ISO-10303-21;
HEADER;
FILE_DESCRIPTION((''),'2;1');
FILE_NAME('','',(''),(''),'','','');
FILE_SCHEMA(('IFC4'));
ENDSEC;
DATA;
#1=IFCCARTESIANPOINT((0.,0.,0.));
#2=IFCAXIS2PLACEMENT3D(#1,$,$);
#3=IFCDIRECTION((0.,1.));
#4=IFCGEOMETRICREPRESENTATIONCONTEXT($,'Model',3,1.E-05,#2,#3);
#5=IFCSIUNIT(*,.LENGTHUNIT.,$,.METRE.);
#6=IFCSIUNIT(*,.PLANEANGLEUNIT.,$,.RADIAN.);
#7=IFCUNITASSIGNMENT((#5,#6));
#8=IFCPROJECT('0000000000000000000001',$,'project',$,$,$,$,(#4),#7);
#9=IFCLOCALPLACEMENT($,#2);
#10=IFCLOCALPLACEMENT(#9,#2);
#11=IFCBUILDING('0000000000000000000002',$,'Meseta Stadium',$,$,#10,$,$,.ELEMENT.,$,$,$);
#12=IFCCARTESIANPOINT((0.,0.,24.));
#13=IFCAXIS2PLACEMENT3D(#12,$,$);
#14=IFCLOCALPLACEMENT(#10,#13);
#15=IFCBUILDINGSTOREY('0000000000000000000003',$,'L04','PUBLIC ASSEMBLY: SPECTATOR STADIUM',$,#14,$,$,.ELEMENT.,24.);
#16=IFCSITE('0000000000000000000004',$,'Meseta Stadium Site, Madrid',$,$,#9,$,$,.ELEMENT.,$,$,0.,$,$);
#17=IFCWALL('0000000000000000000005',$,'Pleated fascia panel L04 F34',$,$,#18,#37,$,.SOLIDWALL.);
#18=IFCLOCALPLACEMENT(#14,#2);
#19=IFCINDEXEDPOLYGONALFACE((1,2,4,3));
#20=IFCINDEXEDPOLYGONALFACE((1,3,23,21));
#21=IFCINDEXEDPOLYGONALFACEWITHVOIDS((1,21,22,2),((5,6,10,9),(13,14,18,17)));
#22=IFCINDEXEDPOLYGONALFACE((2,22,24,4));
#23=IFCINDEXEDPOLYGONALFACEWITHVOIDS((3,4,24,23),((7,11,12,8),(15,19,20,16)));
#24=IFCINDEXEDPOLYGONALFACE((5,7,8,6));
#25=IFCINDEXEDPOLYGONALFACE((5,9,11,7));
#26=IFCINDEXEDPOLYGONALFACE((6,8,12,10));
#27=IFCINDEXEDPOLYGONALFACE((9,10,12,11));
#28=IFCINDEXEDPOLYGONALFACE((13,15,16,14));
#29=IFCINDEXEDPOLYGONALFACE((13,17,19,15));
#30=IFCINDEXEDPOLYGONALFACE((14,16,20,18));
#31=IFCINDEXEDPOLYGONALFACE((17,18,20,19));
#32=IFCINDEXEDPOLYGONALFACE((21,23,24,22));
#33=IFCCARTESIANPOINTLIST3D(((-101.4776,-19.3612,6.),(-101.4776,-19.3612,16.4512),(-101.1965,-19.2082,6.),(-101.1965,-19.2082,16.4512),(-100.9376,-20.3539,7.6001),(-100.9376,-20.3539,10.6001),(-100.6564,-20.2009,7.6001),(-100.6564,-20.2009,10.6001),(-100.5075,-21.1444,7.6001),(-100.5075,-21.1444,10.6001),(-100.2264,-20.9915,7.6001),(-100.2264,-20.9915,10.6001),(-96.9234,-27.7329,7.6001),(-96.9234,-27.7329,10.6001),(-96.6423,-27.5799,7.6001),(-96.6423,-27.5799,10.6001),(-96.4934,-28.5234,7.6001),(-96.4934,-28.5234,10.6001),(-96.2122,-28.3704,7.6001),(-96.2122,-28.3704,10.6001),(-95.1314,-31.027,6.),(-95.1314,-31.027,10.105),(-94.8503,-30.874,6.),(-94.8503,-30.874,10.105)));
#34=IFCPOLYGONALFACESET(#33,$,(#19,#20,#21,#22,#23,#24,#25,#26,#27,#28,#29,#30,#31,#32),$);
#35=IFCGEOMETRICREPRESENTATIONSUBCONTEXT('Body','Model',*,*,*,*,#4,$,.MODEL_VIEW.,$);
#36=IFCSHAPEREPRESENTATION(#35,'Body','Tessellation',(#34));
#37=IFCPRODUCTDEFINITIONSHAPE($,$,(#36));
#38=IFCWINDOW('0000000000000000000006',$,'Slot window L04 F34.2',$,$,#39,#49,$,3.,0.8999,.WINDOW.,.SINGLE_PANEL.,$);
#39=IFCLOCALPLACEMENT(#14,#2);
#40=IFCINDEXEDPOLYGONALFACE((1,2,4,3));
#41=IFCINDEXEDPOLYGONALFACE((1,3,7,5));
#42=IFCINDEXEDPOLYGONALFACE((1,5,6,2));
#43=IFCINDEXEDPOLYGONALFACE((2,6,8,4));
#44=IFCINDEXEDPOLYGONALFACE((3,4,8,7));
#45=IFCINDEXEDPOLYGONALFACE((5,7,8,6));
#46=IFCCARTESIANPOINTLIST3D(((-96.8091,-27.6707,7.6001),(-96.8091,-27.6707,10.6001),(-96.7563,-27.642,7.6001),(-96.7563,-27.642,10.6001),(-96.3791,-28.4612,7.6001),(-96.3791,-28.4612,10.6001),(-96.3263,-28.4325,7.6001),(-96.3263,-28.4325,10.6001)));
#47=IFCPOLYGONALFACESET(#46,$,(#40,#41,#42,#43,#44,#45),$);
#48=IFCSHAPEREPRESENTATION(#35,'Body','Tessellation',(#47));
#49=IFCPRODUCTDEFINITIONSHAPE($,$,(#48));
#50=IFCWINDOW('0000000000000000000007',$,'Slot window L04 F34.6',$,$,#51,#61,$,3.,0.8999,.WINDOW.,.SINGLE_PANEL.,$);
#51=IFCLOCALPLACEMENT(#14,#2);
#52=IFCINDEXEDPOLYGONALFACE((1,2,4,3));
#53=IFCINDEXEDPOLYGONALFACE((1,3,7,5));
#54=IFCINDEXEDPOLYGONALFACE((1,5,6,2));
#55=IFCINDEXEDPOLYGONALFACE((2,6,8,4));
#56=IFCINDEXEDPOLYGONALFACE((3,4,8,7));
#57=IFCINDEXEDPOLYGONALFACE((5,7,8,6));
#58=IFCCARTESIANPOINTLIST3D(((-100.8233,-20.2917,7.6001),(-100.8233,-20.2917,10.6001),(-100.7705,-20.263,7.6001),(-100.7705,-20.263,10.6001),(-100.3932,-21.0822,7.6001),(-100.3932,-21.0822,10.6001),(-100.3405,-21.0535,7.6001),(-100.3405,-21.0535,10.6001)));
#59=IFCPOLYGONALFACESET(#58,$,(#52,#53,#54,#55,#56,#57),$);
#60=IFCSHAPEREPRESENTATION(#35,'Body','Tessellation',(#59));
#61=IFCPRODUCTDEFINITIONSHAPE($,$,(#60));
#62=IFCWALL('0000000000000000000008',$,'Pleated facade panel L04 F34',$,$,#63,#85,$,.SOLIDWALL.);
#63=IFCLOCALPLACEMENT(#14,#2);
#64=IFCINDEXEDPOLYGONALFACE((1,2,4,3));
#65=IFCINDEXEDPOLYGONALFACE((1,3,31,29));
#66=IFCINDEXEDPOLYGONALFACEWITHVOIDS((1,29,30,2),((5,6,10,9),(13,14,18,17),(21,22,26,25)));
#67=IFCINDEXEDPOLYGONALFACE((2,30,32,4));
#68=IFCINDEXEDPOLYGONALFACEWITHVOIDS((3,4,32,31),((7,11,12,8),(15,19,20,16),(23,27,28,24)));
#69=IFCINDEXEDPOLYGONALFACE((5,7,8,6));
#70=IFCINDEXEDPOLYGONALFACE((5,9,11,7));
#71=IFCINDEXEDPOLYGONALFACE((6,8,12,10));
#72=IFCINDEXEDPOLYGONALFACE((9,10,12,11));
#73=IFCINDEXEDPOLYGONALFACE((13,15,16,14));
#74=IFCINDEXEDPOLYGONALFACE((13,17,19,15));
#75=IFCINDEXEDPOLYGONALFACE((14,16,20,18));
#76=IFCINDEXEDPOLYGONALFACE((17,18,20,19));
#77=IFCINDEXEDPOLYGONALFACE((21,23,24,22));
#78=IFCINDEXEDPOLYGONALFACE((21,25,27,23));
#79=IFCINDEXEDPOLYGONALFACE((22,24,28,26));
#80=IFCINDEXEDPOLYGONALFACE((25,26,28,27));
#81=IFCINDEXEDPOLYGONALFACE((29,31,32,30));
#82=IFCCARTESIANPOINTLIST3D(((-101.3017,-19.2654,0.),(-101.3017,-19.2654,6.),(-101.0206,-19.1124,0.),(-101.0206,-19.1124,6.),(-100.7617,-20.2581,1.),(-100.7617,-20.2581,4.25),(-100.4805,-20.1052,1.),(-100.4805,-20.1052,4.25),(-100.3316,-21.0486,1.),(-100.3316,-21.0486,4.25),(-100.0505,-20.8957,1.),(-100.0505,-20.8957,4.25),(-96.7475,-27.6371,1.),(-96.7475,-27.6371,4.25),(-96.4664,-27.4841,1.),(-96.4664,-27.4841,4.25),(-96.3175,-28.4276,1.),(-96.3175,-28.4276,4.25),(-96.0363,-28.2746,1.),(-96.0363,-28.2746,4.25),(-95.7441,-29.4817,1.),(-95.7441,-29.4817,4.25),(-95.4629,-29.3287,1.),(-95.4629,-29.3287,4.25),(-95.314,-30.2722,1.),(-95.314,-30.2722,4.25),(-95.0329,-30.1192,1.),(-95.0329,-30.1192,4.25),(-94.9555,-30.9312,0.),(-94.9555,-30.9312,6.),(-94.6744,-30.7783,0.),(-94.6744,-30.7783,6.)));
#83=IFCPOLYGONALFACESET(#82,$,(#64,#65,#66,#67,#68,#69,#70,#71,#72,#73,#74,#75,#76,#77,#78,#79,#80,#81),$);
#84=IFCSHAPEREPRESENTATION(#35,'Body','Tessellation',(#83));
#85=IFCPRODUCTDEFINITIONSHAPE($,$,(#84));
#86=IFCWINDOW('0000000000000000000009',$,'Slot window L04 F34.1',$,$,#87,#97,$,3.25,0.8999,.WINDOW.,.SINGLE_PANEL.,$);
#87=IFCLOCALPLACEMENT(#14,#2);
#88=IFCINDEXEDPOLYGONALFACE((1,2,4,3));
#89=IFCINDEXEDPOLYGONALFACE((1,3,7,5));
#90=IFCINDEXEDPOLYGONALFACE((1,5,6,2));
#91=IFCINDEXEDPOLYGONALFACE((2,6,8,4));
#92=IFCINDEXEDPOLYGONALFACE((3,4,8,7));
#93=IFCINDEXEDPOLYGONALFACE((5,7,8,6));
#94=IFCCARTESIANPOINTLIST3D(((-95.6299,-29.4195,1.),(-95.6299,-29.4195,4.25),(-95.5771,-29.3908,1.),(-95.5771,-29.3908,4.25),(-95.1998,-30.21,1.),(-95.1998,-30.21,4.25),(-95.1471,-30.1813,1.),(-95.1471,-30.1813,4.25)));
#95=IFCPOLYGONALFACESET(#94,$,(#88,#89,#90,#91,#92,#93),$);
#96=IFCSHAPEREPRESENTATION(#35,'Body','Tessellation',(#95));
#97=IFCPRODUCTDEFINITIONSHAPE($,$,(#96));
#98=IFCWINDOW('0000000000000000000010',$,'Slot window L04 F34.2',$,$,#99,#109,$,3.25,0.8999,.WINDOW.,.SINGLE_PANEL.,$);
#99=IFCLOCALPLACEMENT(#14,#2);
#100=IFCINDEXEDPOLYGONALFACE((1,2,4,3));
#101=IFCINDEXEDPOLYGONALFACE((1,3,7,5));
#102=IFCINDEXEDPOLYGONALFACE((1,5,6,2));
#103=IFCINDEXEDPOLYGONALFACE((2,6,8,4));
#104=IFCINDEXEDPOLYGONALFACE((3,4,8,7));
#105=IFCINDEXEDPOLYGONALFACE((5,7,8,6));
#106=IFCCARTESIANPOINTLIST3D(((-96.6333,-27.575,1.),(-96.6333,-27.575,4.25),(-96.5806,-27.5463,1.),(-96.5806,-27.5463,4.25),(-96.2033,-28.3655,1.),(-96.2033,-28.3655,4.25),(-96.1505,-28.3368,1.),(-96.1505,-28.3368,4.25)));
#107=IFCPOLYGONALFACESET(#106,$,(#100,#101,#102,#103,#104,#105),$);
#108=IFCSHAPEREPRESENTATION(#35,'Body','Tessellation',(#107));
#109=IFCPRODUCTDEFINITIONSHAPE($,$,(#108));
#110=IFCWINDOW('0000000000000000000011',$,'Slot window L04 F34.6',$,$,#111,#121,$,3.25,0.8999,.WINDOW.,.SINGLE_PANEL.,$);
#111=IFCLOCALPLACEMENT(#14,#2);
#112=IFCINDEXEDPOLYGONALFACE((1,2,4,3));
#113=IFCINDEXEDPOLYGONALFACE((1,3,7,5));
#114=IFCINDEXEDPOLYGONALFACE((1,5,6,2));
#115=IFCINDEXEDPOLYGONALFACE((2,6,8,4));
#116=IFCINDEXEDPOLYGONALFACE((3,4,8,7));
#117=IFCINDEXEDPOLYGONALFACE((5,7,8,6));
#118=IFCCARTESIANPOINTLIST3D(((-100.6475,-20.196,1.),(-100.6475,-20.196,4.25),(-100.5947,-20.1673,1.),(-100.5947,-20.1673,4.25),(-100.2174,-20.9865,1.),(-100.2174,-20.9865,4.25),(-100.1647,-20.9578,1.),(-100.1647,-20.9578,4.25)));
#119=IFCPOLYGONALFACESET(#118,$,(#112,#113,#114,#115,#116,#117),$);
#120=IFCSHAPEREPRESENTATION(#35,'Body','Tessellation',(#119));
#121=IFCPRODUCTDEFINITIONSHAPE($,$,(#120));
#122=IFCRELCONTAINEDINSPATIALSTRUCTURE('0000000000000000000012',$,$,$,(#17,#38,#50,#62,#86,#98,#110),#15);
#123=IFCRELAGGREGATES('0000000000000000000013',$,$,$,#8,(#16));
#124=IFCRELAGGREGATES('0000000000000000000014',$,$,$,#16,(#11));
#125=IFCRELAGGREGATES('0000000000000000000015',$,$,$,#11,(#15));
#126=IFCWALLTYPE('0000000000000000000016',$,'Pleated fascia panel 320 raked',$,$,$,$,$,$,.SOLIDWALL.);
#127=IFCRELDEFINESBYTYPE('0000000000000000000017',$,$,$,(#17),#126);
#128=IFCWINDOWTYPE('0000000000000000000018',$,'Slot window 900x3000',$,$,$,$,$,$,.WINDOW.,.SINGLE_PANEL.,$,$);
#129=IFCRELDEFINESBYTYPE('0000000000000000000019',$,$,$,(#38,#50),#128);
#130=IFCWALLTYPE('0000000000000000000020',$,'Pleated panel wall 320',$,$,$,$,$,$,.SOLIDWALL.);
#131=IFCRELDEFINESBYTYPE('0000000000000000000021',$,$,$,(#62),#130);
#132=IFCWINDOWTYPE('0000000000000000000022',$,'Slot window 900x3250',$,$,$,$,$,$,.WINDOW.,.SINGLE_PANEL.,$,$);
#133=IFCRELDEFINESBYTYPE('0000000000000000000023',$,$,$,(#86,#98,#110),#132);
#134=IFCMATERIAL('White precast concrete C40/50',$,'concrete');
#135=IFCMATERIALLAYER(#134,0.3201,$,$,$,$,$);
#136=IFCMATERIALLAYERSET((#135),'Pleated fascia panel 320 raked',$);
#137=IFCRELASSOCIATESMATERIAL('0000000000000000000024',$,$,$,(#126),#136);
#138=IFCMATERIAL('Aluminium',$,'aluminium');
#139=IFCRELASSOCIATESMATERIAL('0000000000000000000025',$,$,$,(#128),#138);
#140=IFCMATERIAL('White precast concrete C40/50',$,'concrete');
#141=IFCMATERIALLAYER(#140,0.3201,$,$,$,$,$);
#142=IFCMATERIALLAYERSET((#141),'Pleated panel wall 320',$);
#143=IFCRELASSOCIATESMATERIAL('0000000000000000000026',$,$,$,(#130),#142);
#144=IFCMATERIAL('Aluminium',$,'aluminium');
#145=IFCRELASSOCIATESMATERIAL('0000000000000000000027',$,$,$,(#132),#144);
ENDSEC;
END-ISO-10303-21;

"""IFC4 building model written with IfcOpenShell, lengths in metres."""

from ifc_helpers import new_model, si_unit, direction, frame, frame_2d, origin, place, context, subcontext, project, spatial, polyline, rectangle, outline, extrude, material, layer, layer_set, type_object, element, fill, save


model = new_model("IFC4")

# Units and contexts
model_context = context("Model", 3, precision=1e-05, world=origin(), true_north=direction((0.0, 1.0)))
body_context = subcontext(model_context, "Body", "Model", "MODEL_VIEW")
ifc_project = project(units=[si_unit("LENGTHUNIT", "METRE"), si_unit("PLANEANGLEUNIT", "RADIAN")], contexts=[model_context])

# Site, building, storey
site_placement = place(None, origin())
site = spatial("IfcSite", under=ifc_project, at=site_placement, Name="Meseta Stadium Site, Madrid", CompositionType="ELEMENT", RefElevation=0.0)
building_placement = place(site_placement, origin())
building = spatial("IfcBuilding", under=site, at=building_placement, Name="Meseta Stadium", CompositionType="ELEMENT")
storey_placement = place(building_placement, frame((0.0, 0.0, 24.0)))
storey = spatial("IfcBuildingStorey", under=building, at=storey_placement, Name="L04", Description="PUBLIC ASSEMBLY: SPECTATOR STADIUM", CompositionType="ELEMENT", Elevation=24.0)

# Walls, openings, windows
ifc_material_1 = material(Name="White precast concrete C40/50", Category="concrete")
ifc_layer_1 = layer(ifc_material_1, 0.3201)
ifc_layer_set_1 = layer_set([ifc_layer_1], Name="Pleated fascia panel 320 raked")
wall_type_1 = type_object("IfcWallType", Name="Pleated fascia panel 320 raked", PredefinedType="SOLIDWALL", material=ifc_layer_set_1)
wall_1_placement = place(storey_placement, frame((-94.9907, -30.9504, 6.0), z_axis=(0.0, 0.0, 1.0), x_axis=(-0.477868, 0.878432, 0.0)))
wall_1 = element("IfcWall", 1, at=wall_1_placement, inside=storey, type_object=wall_type_1, Name="Pleated fascia panel L04 F34", PredefinedType="SOLIDWALL", context=body_context, shape_type="SweptSolid", body=[
    extrude(outline(polyline([(0.0, 0.0), (13.2803, 0.0), (13.2803, 10.4512), (0.0, 4.105), (0.0, 0.0)])), frame((0.0, 0.1602, 0.0), z_axis=(0.0, -1.0, 0.0), x_axis=(1.0, 0.0, 0.0)), (0.0, 0.0, 1.0), 0.3201),
])
opening_1_placement = place(wall_1_placement, frame((2.8501, 0.0, 1.6001)))
opening_1 = element("IfcOpeningElement", 2, at=opening_1_placement, cuts=wall_1, PredefinedType="OPENING", context=body_context, shape_type="SweptSolid", body=[
    extrude(rectangle(XDim=0.8999, YDim=3.0, at=frame_2d((0.45, 1.5))), frame((0.0, 0.1699, 0.0), z_axis=(0.0, -1.0, 0.0), x_axis=(1.0, 0.0, 0.0)), (0.0, 0.0, 1.0), 0.3401),
])
opening_2_placement = place(wall_1_placement, frame((11.2502, 0.0, 1.6001)))
opening_2 = element("IfcOpeningElement", 3, at=opening_2_placement, cuts=wall_1, PredefinedType="OPENING", context=body_context, shape_type="SweptSolid", body=[
    extrude(rectangle(XDim=0.8999, YDim=3.0, at=frame_2d((0.45, 1.5))), frame((0.0, 0.1699, 0.0), z_axis=(0.0, -1.0, 0.0), x_axis=(1.0, 0.0, 0.0)), (0.0, 0.0, 1.0), 0.3401),
])
ifc_material_2 = material(Name="Aluminium", Category="aluminium")
window_type_1 = type_object("IfcWindowType", Name="Slot window 900x3000", PartitioningType="SINGLE_PANEL", PredefinedType="WINDOW", material=ifc_material_2)
window_1_placement = place(opening_1_placement, origin())
window_1 = element("IfcWindow", 4, at=window_1_placement, inside=storey, type_object=window_type_1, Name="Slot window L04 F34.2", OverallHeight=3.0, OverallWidth=0.8999, PartitioningType="SINGLE_PANEL", PredefinedType="WINDOW", context=body_context, shape_type="SweptSolid", body=[
    extrude(rectangle(XDim=0.8999, YDim=3.0, at=frame_2d((0.45, 1.5))), frame((0.0, 0.03, 0.0), z_axis=(0.0, -1.0, 0.0), x_axis=(1.0, 0.0, 0.0)), (0.0, 0.0, 1.0), 0.0601),
])
fill(opening_1, window_1)
window_2_placement = place(opening_2_placement, origin())
window_2 = element("IfcWindow", 5, at=window_2_placement, inside=storey, type_object=window_type_1, Name="Slot window L04 F34.6", OverallHeight=3.0, OverallWidth=0.8999, PartitioningType="SINGLE_PANEL", PredefinedType="WINDOW", context=body_context, shape_type="SweptSolid", body=[
    extrude(rectangle(XDim=0.8999, YDim=3.0, at=frame_2d((0.45, 1.5))), frame((0.0, 0.03, 0.0), z_axis=(0.0, -1.0, 0.0), x_axis=(1.0, 0.0, 0.0)), (0.0, 0.0, 1.0), 0.0601),
])
fill(opening_2, window_2)
ifc_material_3 = material(Name="White precast concrete C40/50", Category="concrete")
ifc_layer_2 = layer(ifc_material_3, 0.3201)
ifc_layer_set_2 = layer_set([ifc_layer_2], Name="Pleated panel wall 320")
wall_type_2 = type_object("IfcWallType", Name="Pleated panel wall 320", PredefinedType="SOLIDWALL", material=ifc_layer_set_2)
wall_2_placement = place(storey_placement, frame((-94.8149, -30.8547, 0.0), z_axis=(0.0, 0.0, 1.0), x_axis=(-0.477868, 0.878432, 0.0)))
wall_2 = element("IfcWall", 6, at=wall_2_placement, inside=storey, type_object=wall_type_2, Name="Pleated facade panel L04 F34", PredefinedType="SOLIDWALL", context=body_context, shape_type="SweptSolid", body=[
    extrude(rectangle(XDim=13.2803, YDim=0.3201, at=frame_2d((6.6401, 0.0))), origin(), (0.0, 0.0, 1.0), 6.0),
])
opening_3_placement = place(wall_2_placement, frame((0.7502, 0.0, 1.0)))
opening_3 = element("IfcOpeningElement", 7, at=opening_3_placement, cuts=wall_2, PredefinedType="OPENING", context=body_context, shape_type="SweptSolid", body=[
    extrude(rectangle(XDim=0.8999, YDim=3.25, at=frame_2d((0.45, 1.625))), frame((0.0, 0.1699, 0.0), z_axis=(0.0, -1.0, 0.0), x_axis=(1.0, 0.0, 0.0)), (0.0, 0.0, 1.0), 0.3401),
])
opening_4_placement = place(wall_2_placement, frame((2.8501, 0.0, 1.0)))
opening_4 = element("IfcOpeningElement", 8, at=opening_4_placement, cuts=wall_2, PredefinedType="OPENING", context=body_context, shape_type="SweptSolid", body=[
    extrude(rectangle(XDim=0.8999, YDim=3.25, at=frame_2d((0.45, 1.625))), frame((0.0, 0.1699, 0.0), z_axis=(0.0, -1.0, 0.0), x_axis=(1.0, 0.0, 0.0)), (0.0, 0.0, 1.0), 0.3401),
])
opening_5_placement = place(wall_2_placement, frame((11.2502, 0.0, 1.0)))
opening_5 = element("IfcOpeningElement", 9, at=opening_5_placement, cuts=wall_2, PredefinedType="OPENING", context=body_context, shape_type="SweptSolid", body=[
    extrude(rectangle(XDim=0.8999, YDim=3.25, at=frame_2d((0.45, 1.625))), frame((0.0, 0.1699, 0.0), z_axis=(0.0, -1.0, 0.0), x_axis=(1.0, 0.0, 0.0)), (0.0, 0.0, 1.0), 0.3401),
])
ifc_material_4 = material(Name="Aluminium", Category="aluminium")
window_type_2 = type_object("IfcWindowType", Name="Slot window 900x3250", PartitioningType="SINGLE_PANEL", PredefinedType="WINDOW", material=ifc_material_4)
window_3_placement = place(opening_3_placement, origin())
window_3 = element("IfcWindow", 10, at=window_3_placement, inside=storey, type_object=window_type_2, Name="Slot window L04 F34.1", OverallHeight=3.25, OverallWidth=0.8999, PartitioningType="SINGLE_PANEL", PredefinedType="WINDOW", context=body_context, shape_type="SweptSolid", body=[
    extrude(rectangle(XDim=0.8999, YDim=3.25, at=frame_2d((0.45, 1.625))), frame((0.0, 0.03, 0.0), z_axis=(0.0, -1.0, 0.0), x_axis=(1.0, 0.0, 0.0)), (0.0, 0.0, 1.0), 0.0601),
])
fill(opening_3, window_3)
window_4_placement = place(opening_4_placement, origin())
window_4 = element("IfcWindow", 11, at=window_4_placement, inside=storey, type_object=window_type_2, Name="Slot window L04 F34.2", OverallHeight=3.25, OverallWidth=0.8999, PartitioningType="SINGLE_PANEL", PredefinedType="WINDOW", context=body_context, shape_type="SweptSolid", body=[
    extrude(rectangle(XDim=0.8999, YDim=3.25, at=frame_2d((0.45, 1.625))), frame((0.0, 0.03, 0.0), z_axis=(0.0, -1.0, 0.0), x_axis=(1.0, 0.0, 0.0)), (0.0, 0.0, 1.0), 0.0601),
])
fill(opening_4, window_4)
window_5_placement = place(opening_5_placement, origin())
window_5 = element("IfcWindow", 12, at=window_5_placement, inside=storey, type_object=window_type_2, Name="Slot window L04 F34.6", OverallHeight=3.25, OverallWidth=0.8999, PartitioningType="SINGLE_PANEL", PredefinedType="WINDOW", context=body_context, shape_type="SweptSolid", body=[
    extrude(rectangle(XDim=0.8999, YDim=3.25, at=frame_2d((0.45, 1.625))), frame((0.0, 0.03, 0.0), z_axis=(0.0, -1.0, 0.0), x_axis=(1.0, 0.0, 0.0)), (0.0, 0.0, 1.0), 0.0601),
])
fill(opening_5, window_5)

save(model, "model.ifc")
